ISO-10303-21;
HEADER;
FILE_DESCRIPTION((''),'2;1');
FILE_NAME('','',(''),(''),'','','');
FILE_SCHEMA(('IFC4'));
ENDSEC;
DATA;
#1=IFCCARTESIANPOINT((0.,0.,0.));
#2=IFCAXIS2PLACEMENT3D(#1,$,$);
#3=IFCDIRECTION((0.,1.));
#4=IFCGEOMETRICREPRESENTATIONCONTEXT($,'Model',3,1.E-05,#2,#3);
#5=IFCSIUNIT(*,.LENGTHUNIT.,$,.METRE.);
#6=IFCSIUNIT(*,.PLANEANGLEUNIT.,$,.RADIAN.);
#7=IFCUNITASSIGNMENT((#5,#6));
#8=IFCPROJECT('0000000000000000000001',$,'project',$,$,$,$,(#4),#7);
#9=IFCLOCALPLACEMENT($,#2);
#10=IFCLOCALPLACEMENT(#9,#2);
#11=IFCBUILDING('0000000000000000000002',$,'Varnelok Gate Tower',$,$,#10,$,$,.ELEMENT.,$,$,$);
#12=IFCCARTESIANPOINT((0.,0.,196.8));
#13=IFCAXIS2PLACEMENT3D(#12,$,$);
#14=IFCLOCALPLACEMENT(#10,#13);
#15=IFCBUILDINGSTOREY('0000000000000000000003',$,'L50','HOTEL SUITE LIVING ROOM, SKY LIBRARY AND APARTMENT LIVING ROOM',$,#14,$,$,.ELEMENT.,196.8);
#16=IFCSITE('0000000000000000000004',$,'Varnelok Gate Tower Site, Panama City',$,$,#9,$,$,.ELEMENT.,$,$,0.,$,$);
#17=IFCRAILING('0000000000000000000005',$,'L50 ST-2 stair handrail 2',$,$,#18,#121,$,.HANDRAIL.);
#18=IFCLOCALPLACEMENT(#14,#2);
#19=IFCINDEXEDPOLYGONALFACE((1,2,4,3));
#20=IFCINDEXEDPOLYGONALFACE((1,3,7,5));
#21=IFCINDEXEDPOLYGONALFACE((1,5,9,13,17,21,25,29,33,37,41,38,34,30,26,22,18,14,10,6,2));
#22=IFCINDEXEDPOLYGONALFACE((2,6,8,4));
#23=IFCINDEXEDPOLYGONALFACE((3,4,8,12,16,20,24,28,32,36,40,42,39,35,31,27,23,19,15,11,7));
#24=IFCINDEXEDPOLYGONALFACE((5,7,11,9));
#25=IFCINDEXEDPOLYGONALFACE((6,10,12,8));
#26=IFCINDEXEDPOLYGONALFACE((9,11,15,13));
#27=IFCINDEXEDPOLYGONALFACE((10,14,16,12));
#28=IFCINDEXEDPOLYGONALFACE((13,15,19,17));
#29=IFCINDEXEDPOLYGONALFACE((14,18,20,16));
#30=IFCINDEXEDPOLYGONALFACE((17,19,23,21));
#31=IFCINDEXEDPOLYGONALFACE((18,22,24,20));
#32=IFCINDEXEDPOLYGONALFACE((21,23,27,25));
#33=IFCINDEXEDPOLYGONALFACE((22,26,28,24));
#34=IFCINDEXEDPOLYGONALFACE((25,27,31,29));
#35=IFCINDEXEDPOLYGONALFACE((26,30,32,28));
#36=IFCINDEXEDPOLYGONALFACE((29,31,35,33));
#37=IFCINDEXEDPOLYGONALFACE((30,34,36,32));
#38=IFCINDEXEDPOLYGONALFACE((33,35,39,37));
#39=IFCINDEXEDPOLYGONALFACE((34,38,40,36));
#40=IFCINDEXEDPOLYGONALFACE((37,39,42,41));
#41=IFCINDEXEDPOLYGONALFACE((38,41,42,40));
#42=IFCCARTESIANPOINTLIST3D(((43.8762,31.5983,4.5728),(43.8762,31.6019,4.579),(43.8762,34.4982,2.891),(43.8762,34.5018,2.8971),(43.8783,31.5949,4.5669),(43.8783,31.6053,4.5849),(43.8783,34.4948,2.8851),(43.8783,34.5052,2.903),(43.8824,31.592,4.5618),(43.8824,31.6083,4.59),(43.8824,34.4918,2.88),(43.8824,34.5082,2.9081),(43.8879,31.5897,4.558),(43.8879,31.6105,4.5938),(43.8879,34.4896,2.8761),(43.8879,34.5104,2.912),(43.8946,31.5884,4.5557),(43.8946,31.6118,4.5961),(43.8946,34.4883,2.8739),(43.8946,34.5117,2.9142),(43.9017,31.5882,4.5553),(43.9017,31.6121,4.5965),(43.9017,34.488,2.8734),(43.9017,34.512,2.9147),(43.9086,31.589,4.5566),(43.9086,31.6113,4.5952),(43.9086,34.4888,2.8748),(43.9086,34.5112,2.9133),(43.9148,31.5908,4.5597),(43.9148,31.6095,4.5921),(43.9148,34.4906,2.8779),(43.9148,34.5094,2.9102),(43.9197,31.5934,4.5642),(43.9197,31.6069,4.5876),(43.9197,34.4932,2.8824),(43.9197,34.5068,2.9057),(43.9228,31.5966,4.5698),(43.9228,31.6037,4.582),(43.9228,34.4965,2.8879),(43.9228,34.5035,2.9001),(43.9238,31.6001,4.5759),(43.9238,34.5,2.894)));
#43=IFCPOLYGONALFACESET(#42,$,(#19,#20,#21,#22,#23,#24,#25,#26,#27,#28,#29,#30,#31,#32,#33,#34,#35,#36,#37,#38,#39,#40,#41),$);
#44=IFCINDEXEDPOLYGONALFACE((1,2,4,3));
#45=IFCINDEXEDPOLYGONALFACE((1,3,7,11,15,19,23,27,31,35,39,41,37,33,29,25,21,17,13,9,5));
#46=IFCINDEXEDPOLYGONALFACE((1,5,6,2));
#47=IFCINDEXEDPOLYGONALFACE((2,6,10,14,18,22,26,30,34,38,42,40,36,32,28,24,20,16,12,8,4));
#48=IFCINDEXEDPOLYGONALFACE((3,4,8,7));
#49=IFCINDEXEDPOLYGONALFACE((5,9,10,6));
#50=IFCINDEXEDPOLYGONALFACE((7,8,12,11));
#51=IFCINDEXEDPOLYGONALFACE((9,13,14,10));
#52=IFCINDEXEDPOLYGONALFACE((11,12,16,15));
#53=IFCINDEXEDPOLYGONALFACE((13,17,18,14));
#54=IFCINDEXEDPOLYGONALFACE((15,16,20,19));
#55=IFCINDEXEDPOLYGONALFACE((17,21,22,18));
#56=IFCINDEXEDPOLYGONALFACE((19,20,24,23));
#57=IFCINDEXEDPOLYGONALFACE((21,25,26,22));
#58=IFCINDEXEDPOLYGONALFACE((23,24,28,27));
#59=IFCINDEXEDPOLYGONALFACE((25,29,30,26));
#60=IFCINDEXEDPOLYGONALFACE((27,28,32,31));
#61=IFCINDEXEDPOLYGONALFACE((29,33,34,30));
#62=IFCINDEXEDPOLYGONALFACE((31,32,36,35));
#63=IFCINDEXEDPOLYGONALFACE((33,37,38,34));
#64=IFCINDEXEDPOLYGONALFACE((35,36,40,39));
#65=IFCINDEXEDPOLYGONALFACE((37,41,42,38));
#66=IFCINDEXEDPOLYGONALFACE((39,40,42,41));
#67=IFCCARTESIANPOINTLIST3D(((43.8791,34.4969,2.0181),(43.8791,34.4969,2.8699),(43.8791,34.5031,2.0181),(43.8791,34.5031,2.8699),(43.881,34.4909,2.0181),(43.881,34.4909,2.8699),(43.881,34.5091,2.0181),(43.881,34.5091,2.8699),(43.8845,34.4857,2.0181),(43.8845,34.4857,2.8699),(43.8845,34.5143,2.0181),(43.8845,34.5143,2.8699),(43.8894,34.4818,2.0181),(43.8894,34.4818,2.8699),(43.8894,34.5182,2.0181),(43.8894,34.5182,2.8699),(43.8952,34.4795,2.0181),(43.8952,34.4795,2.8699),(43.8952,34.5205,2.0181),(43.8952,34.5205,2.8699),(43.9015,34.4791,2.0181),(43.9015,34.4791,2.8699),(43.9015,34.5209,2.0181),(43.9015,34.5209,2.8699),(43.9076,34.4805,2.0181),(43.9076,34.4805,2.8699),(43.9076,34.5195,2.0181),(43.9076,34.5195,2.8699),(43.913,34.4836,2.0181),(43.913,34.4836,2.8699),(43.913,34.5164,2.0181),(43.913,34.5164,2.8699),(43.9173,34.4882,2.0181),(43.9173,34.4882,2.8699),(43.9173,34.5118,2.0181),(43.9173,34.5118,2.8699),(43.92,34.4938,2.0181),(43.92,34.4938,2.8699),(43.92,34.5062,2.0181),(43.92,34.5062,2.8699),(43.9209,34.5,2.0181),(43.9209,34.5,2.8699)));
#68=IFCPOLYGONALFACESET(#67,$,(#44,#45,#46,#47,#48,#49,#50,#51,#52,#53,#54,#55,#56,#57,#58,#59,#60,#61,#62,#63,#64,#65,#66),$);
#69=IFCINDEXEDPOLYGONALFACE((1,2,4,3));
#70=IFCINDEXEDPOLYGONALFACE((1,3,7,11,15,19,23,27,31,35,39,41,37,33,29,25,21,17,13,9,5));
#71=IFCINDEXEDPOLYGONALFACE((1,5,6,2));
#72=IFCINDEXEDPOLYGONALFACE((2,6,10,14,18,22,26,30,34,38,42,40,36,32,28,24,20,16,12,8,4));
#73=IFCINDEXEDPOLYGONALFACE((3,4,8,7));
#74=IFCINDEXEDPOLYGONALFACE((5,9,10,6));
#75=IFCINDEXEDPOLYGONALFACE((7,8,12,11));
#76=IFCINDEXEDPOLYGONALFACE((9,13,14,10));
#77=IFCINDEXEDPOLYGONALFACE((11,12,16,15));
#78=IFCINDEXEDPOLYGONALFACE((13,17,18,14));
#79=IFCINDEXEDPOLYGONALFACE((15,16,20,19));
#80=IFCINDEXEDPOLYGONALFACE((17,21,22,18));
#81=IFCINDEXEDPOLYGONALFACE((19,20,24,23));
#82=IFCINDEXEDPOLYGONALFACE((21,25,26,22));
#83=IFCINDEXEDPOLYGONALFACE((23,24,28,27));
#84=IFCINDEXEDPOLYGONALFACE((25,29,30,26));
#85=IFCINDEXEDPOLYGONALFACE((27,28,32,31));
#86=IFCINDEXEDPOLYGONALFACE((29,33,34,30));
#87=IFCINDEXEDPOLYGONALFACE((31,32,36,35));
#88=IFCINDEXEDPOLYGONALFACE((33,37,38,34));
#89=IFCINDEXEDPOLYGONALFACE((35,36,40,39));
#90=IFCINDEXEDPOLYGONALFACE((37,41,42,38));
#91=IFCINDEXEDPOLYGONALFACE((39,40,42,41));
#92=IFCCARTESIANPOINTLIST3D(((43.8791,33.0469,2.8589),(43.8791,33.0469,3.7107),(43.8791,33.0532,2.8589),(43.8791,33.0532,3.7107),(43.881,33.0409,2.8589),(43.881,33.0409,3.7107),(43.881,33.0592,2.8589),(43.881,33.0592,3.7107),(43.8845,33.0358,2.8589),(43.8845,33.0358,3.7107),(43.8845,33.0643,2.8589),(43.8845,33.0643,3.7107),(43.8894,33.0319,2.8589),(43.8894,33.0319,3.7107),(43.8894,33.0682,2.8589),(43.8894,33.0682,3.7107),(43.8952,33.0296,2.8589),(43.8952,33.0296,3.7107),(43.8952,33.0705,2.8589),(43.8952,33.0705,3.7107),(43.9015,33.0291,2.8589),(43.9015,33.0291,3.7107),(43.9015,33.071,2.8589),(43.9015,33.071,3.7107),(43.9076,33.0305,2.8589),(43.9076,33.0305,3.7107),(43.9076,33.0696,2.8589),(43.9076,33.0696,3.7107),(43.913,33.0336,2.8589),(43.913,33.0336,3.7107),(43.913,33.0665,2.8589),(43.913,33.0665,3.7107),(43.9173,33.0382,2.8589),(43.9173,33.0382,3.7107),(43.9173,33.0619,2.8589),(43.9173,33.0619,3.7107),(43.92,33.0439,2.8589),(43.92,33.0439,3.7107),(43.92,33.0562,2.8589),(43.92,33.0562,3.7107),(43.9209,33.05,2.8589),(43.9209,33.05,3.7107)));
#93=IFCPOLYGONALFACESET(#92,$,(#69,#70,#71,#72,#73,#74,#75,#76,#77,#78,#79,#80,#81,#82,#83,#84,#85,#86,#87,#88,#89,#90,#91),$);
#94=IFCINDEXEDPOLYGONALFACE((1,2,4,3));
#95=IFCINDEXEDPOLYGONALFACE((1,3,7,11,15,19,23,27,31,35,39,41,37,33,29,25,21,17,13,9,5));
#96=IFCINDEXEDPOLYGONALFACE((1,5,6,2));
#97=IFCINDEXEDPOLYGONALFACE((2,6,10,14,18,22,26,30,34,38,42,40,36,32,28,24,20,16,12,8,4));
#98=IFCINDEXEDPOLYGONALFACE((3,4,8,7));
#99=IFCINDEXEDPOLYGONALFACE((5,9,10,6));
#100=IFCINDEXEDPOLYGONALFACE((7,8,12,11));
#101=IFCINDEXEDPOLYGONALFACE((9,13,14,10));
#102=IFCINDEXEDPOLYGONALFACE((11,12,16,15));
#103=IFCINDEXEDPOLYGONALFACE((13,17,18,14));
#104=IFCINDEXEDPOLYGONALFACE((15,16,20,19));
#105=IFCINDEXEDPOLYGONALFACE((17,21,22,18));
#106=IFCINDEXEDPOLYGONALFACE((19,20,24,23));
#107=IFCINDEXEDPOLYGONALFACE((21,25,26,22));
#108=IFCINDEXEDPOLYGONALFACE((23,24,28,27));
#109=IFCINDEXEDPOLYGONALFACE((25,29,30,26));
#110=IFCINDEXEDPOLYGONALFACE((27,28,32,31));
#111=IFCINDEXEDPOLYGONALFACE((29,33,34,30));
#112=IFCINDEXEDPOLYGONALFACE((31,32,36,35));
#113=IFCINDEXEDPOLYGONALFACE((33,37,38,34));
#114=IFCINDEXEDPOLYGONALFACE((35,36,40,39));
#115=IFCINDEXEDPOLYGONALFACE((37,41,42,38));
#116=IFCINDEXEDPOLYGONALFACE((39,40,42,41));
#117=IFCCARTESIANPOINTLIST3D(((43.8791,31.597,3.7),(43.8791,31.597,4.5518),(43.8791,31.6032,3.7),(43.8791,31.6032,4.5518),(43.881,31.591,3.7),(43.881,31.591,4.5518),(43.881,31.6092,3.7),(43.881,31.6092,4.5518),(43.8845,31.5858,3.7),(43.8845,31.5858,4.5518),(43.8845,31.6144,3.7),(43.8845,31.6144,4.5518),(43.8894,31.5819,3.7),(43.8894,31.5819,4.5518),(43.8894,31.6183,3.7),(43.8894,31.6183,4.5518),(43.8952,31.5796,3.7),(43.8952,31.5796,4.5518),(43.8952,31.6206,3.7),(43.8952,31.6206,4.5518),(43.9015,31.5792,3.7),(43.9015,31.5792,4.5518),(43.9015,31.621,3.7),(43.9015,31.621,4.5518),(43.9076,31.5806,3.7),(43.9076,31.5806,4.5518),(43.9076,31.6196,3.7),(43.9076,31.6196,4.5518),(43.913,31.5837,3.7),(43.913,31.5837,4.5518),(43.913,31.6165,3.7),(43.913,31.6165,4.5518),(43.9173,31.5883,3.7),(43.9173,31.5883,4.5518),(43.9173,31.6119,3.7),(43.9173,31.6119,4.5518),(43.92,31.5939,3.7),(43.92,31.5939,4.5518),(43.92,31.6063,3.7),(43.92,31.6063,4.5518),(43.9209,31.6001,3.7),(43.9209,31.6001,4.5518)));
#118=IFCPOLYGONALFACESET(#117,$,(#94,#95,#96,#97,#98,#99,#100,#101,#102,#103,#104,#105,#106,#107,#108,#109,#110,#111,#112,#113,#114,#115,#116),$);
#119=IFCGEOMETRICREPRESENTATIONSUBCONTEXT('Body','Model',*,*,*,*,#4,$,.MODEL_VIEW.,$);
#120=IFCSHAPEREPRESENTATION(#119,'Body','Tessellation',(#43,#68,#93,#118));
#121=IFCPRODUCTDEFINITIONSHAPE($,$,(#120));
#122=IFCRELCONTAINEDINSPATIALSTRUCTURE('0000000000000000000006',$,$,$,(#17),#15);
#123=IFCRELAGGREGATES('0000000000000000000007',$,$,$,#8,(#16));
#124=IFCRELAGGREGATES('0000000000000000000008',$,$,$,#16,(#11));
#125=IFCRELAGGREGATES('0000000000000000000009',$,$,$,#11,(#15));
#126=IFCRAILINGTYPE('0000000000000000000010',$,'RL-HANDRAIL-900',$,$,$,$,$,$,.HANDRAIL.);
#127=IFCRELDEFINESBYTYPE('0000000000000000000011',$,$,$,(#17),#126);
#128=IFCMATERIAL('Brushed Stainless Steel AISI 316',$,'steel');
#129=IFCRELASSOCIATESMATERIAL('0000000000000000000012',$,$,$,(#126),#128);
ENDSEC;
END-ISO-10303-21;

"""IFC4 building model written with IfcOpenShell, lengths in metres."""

from ifc_helpers import new_model, si_unit, direction, frame, origin, origin_2d, place, context, subcontext, project, spatial, circle, extrude, material, type_object, element, save


model = new_model("IFC4")

# Units and contexts
model_context = context("Model", 3, precision=1e-05, world=origin(), true_north=direction((0.0, 1.0)))
body_context = subcontext(model_context, "Body", "Model", "MODEL_VIEW")
ifc_project = project(units=[si_unit("LENGTHUNIT", "METRE"), si_unit("PLANEANGLEUNIT", "RADIAN")], contexts=[model_context])

# Site, building, storey
site_placement = place(None, origin())
site = spatial("IfcSite", under=ifc_project, at=site_placement, Name="Varnelok Gate Tower Site, Panama City", CompositionType="ELEMENT", RefElevation=0.0)
building_placement = place(site_placement, origin())
building = spatial("IfcBuilding", under=site, at=building_placement, Name="Varnelok Gate Tower", CompositionType="ELEMENT")
storey_placement = place(building_placement, frame((0.0, 0.0, 196.8)))
storey = spatial("IfcBuildingStorey", under=building, at=storey_placement, Name="L50", Description="HOTEL SUITE LIVING ROOM, SKY LIBRARY AND APARTMENT LIVING ROOM", CompositionType="ELEMENT", Elevation=196.8)

# Railing
ifc_material_1 = material(Name="Brushed Stainless Steel AISI 316", Category="steel")
railing_type_1 = type_object("IfcRailingType", Name="RL-HANDRAIL-900", PredefinedType="HANDRAIL", material=ifc_material_1)
railing_1_placement = place(storey_placement, frame((43.8999, 34.5, 2.0181)))
element("IfcRailing", 1, at=railing_1_placement, inside=storey, type_object=railing_type_1, Name="L50 ST-2 stair handrail 2", PredefinedType="HANDRAIL", context=body_context, shape_type="SweptSolid", body=[
    extrude(circle(Radius=0.0239, at=origin_2d()), frame((0.0, 0.0, 0.876), z_axis=(0.0, -0.865039, 0.501705), x_axis=(1.0, 0.0, 0.0)), (0.0, 0.0, 1.0), 3.3523),
    extrude(circle(Radius=0.021, at=origin_2d()), origin(), (0.0, 0.0, 1.0), 0.8518),
    extrude(circle(Radius=0.021, at=origin_2d()), frame((0.0, -1.45, 0.8408)), (0.0, 0.0, 1.0), 0.8518),
    extrude(circle(Radius=0.021, at=origin_2d()), frame((0.0, -2.8999, 1.6819)), (0.0, 0.0, 1.0), 0.8518),
])

save(model, "model.ifc")
